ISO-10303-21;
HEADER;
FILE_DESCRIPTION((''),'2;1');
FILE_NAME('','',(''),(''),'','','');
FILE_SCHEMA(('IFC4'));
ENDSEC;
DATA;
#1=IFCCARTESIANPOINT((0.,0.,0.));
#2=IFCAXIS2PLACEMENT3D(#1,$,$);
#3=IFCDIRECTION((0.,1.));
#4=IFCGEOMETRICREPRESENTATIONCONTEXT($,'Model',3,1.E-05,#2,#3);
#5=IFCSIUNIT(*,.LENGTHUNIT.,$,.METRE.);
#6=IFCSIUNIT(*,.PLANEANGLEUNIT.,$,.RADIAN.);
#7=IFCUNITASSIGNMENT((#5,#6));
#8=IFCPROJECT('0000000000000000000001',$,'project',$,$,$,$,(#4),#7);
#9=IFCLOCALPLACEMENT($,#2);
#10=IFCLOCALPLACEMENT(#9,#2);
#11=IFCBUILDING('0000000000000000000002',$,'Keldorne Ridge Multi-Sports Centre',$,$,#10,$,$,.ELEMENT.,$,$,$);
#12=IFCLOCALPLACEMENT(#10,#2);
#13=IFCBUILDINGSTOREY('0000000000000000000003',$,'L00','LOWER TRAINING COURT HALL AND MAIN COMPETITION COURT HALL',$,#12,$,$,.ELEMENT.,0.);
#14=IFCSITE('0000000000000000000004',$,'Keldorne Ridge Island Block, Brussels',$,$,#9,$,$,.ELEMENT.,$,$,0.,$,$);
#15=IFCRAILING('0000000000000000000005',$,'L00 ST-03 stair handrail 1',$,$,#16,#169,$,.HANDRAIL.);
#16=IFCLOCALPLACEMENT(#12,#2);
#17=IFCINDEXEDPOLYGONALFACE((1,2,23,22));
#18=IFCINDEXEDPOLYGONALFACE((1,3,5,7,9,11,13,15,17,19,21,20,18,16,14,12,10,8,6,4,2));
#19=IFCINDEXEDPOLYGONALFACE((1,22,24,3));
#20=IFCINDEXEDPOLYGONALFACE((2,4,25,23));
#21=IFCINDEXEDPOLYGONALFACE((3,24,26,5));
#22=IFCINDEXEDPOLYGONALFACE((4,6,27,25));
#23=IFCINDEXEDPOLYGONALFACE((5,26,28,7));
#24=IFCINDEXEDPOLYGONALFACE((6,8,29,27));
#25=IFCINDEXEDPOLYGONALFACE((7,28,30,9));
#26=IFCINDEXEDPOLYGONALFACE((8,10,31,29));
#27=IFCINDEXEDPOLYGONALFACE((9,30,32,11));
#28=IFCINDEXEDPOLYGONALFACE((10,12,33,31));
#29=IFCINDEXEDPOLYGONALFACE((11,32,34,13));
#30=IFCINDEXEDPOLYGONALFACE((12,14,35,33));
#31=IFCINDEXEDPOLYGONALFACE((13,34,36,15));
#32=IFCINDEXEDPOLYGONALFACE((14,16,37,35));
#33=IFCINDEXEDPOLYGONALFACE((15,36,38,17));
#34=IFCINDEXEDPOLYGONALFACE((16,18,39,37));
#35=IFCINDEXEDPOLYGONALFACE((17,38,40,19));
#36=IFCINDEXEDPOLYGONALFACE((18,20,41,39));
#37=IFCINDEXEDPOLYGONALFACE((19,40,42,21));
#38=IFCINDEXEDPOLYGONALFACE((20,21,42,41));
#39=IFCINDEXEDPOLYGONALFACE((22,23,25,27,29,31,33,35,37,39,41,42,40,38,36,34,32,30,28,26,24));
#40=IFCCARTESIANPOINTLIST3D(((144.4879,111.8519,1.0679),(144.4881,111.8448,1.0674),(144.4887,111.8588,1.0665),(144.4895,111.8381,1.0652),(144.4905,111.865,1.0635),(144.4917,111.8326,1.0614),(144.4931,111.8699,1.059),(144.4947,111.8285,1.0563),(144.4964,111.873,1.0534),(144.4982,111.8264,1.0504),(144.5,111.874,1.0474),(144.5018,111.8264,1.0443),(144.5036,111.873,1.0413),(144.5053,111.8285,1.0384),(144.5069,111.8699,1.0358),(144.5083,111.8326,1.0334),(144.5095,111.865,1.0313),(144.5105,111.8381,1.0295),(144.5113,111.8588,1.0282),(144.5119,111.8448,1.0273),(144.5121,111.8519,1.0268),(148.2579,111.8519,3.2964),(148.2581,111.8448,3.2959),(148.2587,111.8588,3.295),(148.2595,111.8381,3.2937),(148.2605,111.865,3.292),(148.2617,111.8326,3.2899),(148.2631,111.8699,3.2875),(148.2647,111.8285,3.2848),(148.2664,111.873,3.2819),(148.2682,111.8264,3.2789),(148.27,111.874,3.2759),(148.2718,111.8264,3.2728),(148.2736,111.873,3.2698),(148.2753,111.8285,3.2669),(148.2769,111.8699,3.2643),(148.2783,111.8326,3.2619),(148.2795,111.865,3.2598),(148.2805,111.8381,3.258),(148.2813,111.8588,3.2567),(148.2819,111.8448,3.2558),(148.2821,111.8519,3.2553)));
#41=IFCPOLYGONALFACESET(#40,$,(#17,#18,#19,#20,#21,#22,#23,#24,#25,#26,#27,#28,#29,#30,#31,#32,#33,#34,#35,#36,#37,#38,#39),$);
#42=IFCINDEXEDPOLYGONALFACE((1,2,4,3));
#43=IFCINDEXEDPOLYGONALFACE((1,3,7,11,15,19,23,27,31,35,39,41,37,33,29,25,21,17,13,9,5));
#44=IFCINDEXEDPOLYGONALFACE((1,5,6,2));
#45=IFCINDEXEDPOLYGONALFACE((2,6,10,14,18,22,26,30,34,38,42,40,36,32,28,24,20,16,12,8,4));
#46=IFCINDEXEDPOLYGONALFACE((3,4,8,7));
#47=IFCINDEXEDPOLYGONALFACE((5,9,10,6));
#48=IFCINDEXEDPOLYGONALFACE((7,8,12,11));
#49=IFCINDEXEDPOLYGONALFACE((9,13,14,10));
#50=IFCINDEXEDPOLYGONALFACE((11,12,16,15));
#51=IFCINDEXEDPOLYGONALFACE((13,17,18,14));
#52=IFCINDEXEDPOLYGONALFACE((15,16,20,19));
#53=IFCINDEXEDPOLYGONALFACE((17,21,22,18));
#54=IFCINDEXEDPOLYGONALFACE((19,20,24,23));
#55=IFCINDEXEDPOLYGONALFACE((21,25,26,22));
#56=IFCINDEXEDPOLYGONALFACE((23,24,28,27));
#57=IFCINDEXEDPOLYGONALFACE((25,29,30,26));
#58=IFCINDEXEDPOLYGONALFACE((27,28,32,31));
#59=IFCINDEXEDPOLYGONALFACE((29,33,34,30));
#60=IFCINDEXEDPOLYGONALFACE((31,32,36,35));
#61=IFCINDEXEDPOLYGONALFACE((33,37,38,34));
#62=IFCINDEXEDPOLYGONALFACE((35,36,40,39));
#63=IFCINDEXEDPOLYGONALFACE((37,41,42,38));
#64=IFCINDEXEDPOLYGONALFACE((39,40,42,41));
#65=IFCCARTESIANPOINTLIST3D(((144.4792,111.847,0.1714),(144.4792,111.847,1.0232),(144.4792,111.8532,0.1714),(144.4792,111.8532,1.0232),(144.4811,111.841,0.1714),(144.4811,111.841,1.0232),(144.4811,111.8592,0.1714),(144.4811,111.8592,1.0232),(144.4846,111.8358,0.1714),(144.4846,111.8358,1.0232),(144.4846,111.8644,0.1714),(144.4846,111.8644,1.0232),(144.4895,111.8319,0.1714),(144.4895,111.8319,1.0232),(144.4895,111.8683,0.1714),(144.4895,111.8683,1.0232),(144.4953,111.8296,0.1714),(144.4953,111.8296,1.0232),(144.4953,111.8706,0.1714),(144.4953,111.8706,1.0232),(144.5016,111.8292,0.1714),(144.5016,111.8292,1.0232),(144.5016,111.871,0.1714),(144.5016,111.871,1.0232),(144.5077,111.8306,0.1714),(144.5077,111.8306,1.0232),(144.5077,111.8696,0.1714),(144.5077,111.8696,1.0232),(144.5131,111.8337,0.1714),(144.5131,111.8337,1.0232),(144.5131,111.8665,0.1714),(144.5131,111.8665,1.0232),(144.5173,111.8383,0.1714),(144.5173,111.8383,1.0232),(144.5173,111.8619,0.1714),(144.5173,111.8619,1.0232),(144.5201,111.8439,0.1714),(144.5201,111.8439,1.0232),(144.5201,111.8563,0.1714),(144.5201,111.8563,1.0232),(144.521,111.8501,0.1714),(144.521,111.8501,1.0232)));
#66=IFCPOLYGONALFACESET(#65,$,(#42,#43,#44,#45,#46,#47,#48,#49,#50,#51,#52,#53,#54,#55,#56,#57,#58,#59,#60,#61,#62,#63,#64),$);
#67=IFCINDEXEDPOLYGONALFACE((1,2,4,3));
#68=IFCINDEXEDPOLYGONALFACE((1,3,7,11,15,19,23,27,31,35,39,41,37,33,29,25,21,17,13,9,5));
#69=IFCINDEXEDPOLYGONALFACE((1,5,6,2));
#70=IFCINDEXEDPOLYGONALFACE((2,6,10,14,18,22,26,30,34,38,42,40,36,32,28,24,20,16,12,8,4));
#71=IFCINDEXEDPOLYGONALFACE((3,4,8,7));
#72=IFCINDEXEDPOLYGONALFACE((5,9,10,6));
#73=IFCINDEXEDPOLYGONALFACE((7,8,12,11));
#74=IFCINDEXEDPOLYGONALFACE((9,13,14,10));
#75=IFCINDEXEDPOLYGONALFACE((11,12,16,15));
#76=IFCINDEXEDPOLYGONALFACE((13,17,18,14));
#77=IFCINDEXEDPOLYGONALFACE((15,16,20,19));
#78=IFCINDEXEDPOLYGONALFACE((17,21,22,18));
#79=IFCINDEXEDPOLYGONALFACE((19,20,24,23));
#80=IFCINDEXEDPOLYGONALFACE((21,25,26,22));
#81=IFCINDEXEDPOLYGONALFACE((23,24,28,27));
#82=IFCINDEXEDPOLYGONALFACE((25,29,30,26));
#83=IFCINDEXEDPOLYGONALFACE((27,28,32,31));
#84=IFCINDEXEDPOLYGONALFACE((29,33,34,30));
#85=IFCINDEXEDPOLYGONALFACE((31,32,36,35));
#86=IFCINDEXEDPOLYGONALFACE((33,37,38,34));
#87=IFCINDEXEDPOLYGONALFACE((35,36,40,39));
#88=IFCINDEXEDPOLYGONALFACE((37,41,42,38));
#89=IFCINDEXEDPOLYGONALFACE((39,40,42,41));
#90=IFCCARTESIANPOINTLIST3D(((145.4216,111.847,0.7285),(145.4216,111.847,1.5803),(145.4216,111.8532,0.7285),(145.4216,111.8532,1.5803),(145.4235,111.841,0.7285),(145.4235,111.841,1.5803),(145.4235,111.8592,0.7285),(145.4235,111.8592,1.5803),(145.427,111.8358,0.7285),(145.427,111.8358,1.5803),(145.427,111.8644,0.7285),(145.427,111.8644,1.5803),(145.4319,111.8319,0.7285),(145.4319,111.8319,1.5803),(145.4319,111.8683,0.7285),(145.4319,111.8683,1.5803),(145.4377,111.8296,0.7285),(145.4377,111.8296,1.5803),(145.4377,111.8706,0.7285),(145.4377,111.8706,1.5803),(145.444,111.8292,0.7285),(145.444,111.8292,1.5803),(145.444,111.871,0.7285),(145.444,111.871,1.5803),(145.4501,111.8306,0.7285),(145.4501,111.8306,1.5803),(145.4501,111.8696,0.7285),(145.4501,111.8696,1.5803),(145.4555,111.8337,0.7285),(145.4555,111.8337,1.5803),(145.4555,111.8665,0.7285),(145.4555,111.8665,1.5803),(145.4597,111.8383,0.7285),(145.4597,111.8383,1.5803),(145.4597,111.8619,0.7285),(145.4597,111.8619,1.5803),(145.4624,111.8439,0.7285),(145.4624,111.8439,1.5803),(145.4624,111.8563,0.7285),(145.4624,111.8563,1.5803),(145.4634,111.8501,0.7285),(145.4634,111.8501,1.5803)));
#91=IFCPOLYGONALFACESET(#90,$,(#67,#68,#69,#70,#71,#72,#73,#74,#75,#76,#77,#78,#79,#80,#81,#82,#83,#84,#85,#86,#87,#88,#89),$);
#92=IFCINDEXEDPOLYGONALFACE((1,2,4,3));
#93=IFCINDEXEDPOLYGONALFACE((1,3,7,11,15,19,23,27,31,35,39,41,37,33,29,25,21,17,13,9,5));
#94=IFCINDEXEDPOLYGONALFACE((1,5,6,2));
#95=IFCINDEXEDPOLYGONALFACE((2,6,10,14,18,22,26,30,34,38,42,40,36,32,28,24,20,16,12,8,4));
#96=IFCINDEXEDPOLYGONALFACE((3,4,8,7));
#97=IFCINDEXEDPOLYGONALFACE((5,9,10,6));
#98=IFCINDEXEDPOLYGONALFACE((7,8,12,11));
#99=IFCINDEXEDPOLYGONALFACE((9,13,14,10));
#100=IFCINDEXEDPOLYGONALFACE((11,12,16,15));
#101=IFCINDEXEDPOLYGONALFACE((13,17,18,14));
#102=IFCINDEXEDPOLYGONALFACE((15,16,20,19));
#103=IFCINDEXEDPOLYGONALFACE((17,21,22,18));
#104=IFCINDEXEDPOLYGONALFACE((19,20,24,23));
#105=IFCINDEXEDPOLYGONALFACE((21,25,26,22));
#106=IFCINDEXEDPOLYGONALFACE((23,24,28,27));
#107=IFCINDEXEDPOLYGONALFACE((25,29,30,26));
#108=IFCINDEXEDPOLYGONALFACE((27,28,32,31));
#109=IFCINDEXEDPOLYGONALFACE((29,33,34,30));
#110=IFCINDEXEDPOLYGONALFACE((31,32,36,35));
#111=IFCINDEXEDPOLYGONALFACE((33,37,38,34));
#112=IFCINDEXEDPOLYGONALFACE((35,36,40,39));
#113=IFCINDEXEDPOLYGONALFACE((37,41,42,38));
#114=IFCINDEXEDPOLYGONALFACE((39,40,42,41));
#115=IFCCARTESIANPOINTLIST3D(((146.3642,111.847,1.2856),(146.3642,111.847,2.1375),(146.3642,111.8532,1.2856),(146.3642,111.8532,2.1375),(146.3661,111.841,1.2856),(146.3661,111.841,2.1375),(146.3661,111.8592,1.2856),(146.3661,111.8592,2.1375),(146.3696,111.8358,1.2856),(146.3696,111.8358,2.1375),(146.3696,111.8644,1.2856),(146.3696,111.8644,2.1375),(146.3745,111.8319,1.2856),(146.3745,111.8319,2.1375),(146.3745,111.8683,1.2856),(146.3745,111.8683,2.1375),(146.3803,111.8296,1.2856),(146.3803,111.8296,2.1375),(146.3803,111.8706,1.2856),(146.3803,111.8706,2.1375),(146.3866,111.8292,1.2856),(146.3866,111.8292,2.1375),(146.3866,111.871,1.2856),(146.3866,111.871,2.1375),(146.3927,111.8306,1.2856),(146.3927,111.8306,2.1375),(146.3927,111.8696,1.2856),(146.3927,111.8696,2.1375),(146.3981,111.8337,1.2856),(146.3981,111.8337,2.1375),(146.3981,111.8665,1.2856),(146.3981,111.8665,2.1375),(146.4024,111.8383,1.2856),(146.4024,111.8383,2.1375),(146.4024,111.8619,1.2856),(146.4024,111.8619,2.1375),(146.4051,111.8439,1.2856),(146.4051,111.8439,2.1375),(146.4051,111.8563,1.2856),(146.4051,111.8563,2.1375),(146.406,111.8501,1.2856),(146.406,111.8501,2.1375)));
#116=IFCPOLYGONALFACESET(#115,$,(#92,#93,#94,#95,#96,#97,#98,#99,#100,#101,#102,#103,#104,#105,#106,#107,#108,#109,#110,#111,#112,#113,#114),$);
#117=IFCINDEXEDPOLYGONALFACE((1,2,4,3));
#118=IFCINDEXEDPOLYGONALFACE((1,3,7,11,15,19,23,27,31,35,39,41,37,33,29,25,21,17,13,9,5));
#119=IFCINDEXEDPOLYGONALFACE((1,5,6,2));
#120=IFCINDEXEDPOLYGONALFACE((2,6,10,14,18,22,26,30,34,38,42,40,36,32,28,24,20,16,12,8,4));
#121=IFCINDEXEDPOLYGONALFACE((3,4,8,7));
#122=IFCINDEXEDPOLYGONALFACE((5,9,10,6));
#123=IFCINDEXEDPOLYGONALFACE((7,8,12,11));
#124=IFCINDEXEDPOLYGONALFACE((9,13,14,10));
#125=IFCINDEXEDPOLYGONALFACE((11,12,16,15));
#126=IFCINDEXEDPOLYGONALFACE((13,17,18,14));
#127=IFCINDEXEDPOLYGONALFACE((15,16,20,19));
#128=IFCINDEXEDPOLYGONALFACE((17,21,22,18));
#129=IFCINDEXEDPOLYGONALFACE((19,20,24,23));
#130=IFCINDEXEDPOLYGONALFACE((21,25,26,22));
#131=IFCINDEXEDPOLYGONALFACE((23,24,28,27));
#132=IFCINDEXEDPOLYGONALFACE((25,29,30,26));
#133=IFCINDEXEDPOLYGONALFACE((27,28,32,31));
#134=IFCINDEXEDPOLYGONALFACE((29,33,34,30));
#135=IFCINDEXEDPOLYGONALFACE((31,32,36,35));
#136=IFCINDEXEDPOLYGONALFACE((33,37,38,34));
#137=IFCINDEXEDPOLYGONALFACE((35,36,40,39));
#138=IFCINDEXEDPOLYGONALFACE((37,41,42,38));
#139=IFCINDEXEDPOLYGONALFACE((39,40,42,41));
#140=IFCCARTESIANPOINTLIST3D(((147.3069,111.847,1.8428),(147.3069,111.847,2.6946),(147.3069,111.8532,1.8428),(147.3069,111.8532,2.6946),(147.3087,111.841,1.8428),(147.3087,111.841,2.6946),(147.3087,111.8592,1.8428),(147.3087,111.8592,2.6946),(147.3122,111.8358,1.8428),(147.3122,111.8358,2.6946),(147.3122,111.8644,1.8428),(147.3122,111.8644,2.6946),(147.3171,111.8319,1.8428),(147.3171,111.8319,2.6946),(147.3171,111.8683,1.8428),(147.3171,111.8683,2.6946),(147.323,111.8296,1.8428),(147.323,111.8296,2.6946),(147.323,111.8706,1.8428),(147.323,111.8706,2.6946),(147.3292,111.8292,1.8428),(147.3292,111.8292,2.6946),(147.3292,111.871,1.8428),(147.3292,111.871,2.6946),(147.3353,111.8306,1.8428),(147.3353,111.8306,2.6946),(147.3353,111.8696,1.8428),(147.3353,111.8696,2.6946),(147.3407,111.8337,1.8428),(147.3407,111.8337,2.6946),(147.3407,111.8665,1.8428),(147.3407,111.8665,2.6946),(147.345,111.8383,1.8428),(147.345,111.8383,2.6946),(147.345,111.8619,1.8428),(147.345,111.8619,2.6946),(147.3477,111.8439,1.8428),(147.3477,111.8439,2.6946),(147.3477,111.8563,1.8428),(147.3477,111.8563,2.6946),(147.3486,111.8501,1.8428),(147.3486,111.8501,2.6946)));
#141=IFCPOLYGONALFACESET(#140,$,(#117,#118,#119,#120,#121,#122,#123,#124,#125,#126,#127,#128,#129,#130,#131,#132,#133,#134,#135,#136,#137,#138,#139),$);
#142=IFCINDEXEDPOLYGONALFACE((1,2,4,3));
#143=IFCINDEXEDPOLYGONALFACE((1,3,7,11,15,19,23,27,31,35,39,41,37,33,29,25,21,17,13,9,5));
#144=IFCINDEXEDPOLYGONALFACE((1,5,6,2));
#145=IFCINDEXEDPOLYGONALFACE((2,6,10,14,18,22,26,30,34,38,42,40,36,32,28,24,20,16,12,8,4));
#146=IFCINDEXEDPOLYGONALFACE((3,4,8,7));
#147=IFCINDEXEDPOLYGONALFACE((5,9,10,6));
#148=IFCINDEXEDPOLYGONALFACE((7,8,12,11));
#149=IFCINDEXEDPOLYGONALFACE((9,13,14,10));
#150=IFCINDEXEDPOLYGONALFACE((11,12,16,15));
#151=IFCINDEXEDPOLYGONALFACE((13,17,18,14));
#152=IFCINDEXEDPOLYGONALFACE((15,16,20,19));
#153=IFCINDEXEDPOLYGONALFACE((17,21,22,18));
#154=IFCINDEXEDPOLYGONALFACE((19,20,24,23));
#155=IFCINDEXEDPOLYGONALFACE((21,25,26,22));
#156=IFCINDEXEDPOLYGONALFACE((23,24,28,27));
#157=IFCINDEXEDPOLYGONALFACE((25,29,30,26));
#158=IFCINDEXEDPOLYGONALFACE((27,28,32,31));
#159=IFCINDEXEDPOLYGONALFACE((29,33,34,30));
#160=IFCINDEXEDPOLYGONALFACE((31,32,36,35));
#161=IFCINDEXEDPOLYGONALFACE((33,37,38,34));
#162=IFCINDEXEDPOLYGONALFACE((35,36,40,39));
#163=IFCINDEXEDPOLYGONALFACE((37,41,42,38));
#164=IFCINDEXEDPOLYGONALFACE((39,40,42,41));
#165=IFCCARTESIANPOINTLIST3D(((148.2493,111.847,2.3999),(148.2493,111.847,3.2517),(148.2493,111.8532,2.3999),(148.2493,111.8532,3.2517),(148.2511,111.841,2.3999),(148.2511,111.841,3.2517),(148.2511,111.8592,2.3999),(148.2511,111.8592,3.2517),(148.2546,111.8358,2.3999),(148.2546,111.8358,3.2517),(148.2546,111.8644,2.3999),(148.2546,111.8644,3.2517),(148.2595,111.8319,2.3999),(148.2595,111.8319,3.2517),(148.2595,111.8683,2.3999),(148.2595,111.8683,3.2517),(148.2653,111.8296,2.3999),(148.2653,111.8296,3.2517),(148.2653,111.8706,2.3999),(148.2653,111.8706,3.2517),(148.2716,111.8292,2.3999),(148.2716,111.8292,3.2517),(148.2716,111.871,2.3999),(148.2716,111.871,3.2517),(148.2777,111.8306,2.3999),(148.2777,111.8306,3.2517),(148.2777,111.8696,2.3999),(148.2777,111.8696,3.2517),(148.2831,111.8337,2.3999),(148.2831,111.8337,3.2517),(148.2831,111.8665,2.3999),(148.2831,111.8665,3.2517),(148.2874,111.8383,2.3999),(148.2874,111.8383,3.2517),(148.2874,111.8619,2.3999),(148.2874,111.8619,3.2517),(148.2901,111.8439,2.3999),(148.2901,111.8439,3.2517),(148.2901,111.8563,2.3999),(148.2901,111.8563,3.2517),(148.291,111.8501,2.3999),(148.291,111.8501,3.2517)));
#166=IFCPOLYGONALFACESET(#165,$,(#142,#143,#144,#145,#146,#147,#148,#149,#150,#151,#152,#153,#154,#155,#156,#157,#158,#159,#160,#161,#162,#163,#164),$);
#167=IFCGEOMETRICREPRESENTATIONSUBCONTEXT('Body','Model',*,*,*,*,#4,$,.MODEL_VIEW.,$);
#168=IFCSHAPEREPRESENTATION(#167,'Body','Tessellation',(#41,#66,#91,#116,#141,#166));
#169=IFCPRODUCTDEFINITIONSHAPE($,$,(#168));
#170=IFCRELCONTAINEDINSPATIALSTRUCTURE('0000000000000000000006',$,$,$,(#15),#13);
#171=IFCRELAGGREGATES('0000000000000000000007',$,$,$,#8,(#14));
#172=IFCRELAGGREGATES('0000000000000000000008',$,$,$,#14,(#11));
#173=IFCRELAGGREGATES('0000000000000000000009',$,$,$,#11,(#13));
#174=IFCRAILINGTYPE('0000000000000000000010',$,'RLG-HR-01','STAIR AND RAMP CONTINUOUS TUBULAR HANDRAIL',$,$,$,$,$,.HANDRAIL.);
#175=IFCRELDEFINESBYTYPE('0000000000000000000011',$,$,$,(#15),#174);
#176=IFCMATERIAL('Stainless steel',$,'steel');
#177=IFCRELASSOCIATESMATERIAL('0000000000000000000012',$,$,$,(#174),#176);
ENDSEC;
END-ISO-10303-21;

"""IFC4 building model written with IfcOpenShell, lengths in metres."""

from ifc_helpers import new_model, si_unit, direction, frame, origin, origin_2d, place, context, subcontext, project, spatial, circle, extrude, material, type_object, element, save


model = new_model("IFC4")

# Units and contexts
model_context = context("Model", 3, precision=1e-05, world=origin(), true_north=direction((0.0, 1.0)))
body_context = subcontext(model_context, "Body", "Model", "MODEL_VIEW")
ifc_project = project(units=[si_unit("LENGTHUNIT", "METRE"), si_unit("PLANEANGLEUNIT", "RADIAN")], contexts=[model_context])

# Site, building, storey
site_placement = place(None, origin())
site = spatial("IfcSite", under=ifc_project, at=site_placement, Name="Keldorne Ridge Island Block, Brussels", CompositionType="ELEMENT", RefElevation=0.0)
building_placement = place(site_placement, origin())
building = spatial("IfcBuilding", under=site, at=building_placement, Name="Keldorne Ridge Multi-Sports Centre", CompositionType="ELEMENT")
storey_placement = place(building_placement, origin())
storey = spatial("IfcBuildingStorey", under=building, at=storey_placement, Name="L00", Description="LOWER TRAINING COURT HALL AND MAIN COMPETITION COURT HALL", CompositionType="ELEMENT", Elevation=0.0)

# Railing
ifc_material_1 = material(Name="Stainless steel", Category="steel")
railing_type_1 = type_object("IfcRailingType", Name="RLG-HR-01", Description="STAIR AND RAMP CONTINUOUS TUBULAR HANDRAIL", PredefinedType="HANDRAIL", material=ifc_material_1)
railing_1_placement = place(storey_placement, frame((144.5, 111.8501, 0.1714)))
element("IfcRailing", 1, at=railing_1_placement, inside=storey, type_object=railing_type_1, Name="L00 ST-03 stair handrail 1", PredefinedType="HANDRAIL", context=body_context, shape_type="SweptSolid", body=[
    extrude(circle(Radius=0.0239, at=origin_2d()), frame((0.0, 0.0, 0.876), z_axis=(0.860849, 0.0, 0.508861), x_axis=(0.0, 1.0, 0.0)), (0.0, 0.0, 1.0), 4.3794),
    extrude(circle(Radius=0.021, at=origin_2d()), origin(), (0.0, 0.0, 1.0), 0.8518),
    extrude(circle(Radius=0.021, at=origin_2d()), frame((0.9424, 0.0, 0.5571)), (0.0, 0.0, 1.0), 0.8518),
    extrude(circle(Radius=0.021, at=origin_2d()), frame((1.885, 0.0, 1.1143)), (0.0, 0.0, 1.0), 0.8518),
    extrude(circle(Radius=0.021, at=origin_2d()), frame((2.8276, 0.0, 1.6714)), (0.0, 0.0, 1.0), 0.8518),
    extrude(circle(Radius=0.021, at=origin_2d()), frame((3.77, 0.0, 2.2285)), (0.0, 0.0, 1.0), 0.8518),
])

save(model, "model.ifc")
